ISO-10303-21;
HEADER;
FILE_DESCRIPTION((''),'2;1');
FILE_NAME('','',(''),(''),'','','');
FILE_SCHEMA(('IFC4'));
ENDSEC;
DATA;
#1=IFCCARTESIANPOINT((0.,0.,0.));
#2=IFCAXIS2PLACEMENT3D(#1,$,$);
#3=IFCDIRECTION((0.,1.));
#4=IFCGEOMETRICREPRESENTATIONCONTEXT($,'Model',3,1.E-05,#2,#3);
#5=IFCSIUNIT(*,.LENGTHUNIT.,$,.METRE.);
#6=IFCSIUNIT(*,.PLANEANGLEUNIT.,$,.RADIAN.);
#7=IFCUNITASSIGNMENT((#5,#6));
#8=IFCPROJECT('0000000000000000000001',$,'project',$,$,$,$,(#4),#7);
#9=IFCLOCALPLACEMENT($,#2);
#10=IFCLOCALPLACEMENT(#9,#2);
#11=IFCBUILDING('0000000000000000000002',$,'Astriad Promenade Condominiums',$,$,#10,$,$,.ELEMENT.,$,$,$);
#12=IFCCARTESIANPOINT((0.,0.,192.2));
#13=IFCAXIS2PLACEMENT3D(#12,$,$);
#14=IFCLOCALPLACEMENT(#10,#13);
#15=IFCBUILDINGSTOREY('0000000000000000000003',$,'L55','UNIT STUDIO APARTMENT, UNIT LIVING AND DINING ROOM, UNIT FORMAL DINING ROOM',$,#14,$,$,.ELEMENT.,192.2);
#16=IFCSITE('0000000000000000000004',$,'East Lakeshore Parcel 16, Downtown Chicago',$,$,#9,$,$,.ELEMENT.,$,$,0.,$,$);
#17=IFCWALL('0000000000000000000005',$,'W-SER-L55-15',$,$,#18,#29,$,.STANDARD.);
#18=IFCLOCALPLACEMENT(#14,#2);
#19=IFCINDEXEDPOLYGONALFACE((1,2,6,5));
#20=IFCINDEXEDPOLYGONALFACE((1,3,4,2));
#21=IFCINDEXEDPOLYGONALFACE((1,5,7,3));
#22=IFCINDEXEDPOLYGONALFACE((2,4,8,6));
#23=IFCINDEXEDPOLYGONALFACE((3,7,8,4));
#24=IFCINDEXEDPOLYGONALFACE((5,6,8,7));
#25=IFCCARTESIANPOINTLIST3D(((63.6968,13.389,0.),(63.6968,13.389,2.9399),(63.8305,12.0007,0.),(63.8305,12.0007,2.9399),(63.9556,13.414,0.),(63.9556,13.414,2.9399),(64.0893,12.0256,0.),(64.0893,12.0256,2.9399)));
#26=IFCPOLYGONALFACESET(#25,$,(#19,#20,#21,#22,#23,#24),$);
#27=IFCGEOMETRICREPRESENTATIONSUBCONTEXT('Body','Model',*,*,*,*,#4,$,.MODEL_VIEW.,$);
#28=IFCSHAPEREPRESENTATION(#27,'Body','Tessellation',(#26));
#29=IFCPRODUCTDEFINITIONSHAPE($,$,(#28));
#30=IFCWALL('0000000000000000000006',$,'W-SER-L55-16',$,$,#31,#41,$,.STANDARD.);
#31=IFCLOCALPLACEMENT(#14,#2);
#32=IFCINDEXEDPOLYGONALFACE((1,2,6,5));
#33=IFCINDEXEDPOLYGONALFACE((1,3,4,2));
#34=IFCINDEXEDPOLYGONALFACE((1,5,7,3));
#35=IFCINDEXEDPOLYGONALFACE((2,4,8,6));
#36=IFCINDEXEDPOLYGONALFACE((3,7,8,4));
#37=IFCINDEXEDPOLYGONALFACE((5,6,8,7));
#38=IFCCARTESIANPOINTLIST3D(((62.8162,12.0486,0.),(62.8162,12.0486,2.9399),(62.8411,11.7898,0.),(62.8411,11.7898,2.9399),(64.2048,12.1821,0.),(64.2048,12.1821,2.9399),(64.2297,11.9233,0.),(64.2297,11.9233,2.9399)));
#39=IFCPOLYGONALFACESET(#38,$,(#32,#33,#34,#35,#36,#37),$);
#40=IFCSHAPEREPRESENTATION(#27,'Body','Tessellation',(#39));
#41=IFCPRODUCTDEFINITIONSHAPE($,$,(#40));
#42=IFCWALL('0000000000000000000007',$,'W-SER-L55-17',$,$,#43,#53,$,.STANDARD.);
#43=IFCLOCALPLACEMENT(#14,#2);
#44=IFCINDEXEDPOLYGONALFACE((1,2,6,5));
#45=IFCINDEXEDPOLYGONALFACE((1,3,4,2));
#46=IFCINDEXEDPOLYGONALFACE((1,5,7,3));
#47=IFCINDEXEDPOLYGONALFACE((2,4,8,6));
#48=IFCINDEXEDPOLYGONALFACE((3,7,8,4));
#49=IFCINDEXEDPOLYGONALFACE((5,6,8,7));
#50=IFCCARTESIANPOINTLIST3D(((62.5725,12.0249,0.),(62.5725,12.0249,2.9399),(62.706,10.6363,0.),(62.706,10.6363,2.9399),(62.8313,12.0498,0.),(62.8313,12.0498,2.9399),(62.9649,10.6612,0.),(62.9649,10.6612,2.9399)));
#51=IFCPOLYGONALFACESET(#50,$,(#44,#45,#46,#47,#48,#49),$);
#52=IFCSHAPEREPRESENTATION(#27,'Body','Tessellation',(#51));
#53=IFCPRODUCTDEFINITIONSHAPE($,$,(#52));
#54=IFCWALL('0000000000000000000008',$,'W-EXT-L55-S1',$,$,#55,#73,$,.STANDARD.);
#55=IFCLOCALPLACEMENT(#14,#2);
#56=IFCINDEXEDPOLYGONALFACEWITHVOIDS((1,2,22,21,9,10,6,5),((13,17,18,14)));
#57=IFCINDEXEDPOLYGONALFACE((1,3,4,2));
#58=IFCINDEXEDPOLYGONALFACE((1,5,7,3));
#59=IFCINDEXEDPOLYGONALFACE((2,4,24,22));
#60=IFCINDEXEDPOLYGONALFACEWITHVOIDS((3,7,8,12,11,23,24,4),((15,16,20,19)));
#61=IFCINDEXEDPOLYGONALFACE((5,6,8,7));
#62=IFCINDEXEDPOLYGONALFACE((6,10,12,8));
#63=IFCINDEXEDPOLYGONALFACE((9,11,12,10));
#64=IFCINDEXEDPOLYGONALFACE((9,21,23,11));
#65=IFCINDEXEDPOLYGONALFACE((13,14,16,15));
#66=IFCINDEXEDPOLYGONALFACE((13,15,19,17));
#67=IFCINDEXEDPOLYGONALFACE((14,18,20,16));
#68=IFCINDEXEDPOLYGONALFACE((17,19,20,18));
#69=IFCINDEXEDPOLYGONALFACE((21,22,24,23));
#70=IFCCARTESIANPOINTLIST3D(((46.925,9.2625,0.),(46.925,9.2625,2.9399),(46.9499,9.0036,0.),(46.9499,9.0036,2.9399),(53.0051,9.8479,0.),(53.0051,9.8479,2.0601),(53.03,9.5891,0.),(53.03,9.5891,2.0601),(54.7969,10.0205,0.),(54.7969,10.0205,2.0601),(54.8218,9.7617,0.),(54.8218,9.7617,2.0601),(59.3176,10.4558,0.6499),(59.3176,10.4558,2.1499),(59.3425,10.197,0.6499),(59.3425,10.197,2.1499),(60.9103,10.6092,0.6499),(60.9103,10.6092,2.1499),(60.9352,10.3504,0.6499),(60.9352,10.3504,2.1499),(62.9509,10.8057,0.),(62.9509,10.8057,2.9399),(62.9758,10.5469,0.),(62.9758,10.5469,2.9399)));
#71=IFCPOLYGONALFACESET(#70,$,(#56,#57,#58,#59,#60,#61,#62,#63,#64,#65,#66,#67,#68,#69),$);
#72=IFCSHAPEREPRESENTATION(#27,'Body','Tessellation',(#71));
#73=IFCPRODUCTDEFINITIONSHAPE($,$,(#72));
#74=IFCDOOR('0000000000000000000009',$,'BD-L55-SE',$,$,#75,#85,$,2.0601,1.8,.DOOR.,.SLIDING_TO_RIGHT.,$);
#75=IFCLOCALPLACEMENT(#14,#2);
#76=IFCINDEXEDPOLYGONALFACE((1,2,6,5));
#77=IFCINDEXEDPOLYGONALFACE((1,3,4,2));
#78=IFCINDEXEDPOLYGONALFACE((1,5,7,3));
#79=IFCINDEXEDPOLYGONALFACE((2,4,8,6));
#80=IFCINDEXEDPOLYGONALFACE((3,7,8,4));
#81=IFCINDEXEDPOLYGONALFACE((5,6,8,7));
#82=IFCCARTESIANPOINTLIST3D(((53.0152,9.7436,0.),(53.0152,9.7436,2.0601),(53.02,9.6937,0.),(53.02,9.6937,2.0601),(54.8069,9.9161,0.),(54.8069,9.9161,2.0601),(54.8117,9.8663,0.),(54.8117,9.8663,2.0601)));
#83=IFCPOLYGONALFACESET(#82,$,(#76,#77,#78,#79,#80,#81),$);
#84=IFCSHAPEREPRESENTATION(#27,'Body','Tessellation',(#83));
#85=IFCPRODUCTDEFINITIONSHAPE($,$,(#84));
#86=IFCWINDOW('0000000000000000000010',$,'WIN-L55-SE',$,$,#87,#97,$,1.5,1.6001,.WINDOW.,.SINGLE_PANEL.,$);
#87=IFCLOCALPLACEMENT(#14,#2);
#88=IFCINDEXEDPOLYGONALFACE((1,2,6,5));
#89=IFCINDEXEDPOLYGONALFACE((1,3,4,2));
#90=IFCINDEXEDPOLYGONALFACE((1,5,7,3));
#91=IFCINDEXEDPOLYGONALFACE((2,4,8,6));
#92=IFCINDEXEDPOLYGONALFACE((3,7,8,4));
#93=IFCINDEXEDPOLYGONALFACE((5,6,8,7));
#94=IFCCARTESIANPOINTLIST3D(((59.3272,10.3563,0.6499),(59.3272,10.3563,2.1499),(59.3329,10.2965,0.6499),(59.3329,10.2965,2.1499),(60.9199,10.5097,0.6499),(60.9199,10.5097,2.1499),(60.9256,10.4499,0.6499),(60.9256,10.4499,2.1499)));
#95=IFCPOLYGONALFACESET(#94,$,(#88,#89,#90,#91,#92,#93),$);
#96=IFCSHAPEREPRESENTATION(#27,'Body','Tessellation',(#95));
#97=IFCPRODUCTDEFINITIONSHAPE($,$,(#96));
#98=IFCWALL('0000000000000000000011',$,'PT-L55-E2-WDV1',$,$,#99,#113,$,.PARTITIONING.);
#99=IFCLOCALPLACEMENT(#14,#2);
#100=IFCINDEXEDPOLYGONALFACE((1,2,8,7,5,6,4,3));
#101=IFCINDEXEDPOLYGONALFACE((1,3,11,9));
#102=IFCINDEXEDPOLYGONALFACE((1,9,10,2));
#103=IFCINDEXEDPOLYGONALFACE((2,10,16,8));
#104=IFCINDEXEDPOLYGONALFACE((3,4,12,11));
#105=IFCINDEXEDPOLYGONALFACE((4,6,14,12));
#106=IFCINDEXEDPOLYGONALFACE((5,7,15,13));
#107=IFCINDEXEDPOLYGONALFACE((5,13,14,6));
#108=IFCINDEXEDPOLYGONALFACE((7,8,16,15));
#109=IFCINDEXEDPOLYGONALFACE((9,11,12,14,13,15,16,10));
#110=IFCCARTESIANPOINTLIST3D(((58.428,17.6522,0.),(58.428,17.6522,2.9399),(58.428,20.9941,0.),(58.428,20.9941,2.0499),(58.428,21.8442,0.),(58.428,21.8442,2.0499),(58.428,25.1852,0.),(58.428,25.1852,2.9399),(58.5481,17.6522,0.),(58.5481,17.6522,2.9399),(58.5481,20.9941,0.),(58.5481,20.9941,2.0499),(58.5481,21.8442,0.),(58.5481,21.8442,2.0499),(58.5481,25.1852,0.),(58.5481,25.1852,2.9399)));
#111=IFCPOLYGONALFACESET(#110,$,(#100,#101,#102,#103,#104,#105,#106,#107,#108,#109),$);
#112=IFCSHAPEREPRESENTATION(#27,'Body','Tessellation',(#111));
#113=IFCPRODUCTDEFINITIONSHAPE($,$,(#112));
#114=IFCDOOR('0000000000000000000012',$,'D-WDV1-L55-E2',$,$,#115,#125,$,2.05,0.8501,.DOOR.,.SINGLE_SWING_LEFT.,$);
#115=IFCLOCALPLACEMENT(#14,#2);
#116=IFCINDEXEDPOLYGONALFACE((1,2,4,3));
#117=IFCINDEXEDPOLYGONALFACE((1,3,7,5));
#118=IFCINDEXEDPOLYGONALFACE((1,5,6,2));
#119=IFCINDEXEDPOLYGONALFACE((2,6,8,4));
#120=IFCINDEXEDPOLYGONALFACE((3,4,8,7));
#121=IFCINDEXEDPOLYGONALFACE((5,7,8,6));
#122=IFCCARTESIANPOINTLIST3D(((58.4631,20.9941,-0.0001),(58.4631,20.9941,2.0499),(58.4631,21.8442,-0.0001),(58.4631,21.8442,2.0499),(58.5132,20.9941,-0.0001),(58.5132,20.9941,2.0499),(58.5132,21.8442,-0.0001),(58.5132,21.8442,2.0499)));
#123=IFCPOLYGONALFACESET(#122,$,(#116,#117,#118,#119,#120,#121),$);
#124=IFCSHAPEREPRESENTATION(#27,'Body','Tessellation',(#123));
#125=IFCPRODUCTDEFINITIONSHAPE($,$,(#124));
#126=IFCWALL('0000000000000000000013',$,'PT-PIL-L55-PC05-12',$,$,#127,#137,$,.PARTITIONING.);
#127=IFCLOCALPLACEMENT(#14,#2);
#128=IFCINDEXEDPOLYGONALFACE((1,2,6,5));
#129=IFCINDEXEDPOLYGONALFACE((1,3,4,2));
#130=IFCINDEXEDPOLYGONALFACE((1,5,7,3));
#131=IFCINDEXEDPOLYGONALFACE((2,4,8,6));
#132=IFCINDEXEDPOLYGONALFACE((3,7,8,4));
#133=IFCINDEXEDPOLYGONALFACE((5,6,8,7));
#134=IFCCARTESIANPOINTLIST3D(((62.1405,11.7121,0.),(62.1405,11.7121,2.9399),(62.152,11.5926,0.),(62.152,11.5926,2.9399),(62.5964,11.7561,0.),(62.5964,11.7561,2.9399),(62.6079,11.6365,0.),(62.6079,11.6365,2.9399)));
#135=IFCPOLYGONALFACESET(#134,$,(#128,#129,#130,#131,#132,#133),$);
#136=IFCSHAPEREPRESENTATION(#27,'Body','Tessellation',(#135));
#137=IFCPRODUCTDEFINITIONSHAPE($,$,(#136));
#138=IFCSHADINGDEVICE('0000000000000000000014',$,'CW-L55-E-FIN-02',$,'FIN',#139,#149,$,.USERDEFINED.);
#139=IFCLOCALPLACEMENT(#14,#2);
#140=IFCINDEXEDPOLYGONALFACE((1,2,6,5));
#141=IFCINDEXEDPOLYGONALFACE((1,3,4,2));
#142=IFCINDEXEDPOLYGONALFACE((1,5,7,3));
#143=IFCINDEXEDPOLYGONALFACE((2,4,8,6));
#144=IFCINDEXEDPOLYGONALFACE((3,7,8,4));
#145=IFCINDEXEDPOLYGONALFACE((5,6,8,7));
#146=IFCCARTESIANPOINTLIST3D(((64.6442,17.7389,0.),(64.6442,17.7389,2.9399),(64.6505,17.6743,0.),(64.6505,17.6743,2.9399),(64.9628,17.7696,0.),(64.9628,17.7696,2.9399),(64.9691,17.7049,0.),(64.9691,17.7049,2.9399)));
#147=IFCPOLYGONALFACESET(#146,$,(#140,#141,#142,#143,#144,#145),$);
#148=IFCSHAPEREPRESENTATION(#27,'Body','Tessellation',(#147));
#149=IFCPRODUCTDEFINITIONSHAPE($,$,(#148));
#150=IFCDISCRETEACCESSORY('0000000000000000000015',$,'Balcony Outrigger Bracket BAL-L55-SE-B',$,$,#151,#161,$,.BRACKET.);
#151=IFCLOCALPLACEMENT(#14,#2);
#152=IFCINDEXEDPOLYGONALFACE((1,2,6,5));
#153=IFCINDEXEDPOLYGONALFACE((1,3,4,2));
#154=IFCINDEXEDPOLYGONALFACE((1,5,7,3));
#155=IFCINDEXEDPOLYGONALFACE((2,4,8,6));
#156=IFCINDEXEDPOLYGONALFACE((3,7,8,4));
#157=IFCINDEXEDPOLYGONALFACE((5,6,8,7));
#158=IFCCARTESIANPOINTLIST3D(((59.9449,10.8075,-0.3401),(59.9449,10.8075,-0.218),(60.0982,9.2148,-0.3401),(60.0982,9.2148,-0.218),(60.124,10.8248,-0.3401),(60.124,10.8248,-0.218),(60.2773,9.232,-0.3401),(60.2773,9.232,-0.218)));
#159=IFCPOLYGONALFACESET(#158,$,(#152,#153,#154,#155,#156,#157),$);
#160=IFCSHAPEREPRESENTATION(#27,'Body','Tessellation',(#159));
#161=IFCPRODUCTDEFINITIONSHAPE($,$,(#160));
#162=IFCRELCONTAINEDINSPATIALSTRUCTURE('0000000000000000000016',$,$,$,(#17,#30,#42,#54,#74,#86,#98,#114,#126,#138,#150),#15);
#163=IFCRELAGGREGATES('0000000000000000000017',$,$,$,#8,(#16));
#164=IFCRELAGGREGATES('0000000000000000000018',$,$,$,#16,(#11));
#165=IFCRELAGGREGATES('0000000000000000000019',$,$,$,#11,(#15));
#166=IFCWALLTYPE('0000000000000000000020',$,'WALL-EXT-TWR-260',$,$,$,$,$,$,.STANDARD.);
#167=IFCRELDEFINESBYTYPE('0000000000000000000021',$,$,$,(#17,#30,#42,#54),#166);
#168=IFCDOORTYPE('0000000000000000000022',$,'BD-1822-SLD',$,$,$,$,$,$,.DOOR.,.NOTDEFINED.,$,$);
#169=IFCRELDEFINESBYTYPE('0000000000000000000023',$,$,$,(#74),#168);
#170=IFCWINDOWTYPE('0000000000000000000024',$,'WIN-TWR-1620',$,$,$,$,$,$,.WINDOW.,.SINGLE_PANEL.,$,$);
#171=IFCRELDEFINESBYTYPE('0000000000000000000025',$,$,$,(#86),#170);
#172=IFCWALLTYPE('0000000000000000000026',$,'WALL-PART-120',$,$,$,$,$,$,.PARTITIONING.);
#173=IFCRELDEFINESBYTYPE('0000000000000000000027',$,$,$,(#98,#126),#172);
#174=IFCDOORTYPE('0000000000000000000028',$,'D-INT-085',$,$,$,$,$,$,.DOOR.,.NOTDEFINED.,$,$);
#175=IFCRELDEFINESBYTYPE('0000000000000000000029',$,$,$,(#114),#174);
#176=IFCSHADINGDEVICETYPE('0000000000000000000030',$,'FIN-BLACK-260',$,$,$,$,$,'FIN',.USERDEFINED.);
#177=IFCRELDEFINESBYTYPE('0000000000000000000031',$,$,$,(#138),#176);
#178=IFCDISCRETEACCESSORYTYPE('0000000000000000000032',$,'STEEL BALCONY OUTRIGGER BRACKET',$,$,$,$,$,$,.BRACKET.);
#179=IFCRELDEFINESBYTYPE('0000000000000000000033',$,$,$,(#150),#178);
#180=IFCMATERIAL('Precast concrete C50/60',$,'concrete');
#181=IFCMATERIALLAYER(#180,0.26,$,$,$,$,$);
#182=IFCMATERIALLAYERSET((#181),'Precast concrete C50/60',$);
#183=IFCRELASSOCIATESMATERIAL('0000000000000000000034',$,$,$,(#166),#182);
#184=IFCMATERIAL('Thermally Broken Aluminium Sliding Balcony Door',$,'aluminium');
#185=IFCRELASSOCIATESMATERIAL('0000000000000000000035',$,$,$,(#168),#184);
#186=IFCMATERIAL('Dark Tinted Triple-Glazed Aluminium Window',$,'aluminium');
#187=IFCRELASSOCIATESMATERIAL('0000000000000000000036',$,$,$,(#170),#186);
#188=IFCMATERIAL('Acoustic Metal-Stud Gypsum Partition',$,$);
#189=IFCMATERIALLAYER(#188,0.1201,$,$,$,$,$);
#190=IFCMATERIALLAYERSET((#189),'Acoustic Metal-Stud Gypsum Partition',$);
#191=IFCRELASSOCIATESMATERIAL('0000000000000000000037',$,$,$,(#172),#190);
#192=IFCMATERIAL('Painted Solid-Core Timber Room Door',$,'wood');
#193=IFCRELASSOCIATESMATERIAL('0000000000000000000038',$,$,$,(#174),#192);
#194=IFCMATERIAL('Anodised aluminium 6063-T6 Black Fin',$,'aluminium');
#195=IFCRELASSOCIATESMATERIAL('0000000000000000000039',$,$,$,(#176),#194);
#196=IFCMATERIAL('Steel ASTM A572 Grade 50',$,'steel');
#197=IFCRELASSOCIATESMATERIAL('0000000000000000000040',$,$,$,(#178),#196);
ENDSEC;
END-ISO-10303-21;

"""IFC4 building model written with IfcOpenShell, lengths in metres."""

from ifc_helpers import new_model, si_unit, direction, frame, frame_2d, origin, origin_2d, place, context, subcontext, project, spatial, rectangle, extrude, source, transform, mapped, material, layer, layer_set, type_object, type_shapes, element, fill, save


model = new_model("IFC4")

# Units and contexts
model_context = context("Model", 3, precision=1e-05, world=origin(), true_north=direction((0.0, 1.0)))
body_context = subcontext(model_context, "Body", "Model", "MODEL_VIEW")
ifc_project = project(units=[si_unit("LENGTHUNIT", "METRE"), si_unit("PLANEANGLEUNIT", "RADIAN")], contexts=[model_context])

# Site, building, storey
site_placement = place(None, origin())
site = spatial("IfcSite", under=ifc_project, at=site_placement, Name="East Lakeshore Parcel 16, Downtown Chicago", CompositionType="ELEMENT", RefElevation=0.0)
building_placement = place(site_placement, origin())
building = spatial("IfcBuilding", under=site, at=building_placement, Name="Astriad Promenade Condominiums", CompositionType="ELEMENT")
storey_placement = place(building_placement, frame((0.0, 0.0, 192.2)))
storey = spatial("IfcBuildingStorey", under=building, at=storey_placement, Name="L55", Description="UNIT STUDIO APARTMENT, UNIT LIVING AND DINING ROOM, UNIT FORMAL DINING ROOM", CompositionType="ELEMENT", Elevation=192.2)

# Walls
ifc_material_1 = material(Name="Precast concrete C50/60", Category="concrete")
ifc_layer_1 = layer(ifc_material_1, 0.26)
ifc_layer_set_1 = layer_set([ifc_layer_1], Name="Precast concrete C50/60")
wall_type_1 = type_object("IfcWallType", Name="WALL-EXT-TWR-260", PredefinedType="STANDARD", material=ifc_layer_set_1)
wall_1_placement = place(storey_placement, frame((63.8262, 13.4014, 0.0), z_axis=(0.0, 0.0, 1.0), x_axis=(0.095916, -0.995389, 0.0)))
element("IfcWall", 1, at=wall_1_placement, inside=storey, type_object=wall_type_1, Name="W-SER-L55-15", PredefinedType="STANDARD", context=body_context, shape_type="SweptSolid", body=[
    extrude(rectangle(XDim=1.3948, YDim=0.26, at=frame_2d((0.6973, 0.0))), origin(), (0.0, 0.0, 1.0), 2.9399),
])
for number, where, z_axis, x_axis, name in (
    (2, (64.2173, 12.0527, 0.0), (0.0, 0.0, 1.0), (-0.995408, -0.095726, 0.0), "W-SER-L55-16"),
    (3, (62.7019, 12.0374, 0.0), (0.0, 0.0, 1.0), (0.095726, -0.995408, 0.0), "W-SER-L55-17"),
):
    element("IfcWall", number, at=place(storey_placement, frame(where, z_axis=z_axis, x_axis=x_axis)), inside=storey, type_object=wall_type_1, Name=name, PredefinedType="STANDARD", context=body_context, shape_type="SweptSolid", body=[
        extrude(rectangle(XDim=1.395, YDim=0.26, at=frame_2d((0.6975, 0.0))), origin(), (0.0, 0.0, 1.0), 2.9399),
    ])

# Wall, openings, door, window
wall_2_placement = place(storey_placement, frame((62.9634, 10.6763, 0.0), z_axis=(0.0, 0.0, 1.0), x_axis=(-0.995396, -0.095852, 0.0)))
wall_2 = element("IfcWall", 4, at=wall_2_placement, inside=storey, type_object=wall_type_1, Name="W-EXT-L55-S1", PredefinedType="STANDARD", context=body_context, shape_type="SweptSolid", body=[
    extrude(rectangle(XDim=16.1001, YDim=0.26, at=frame_2d((8.05, 0.0))), origin(), (0.0, 0.0, 1.0), 2.9399),
])
opening_1_placement = place(wall_2_placement, frame((8.1919, 0.0, 0.0)))
opening_1 = element("IfcOpeningElement", 5, at=opening_1_placement, cuts=wall_2, PredefinedType="OPENING", context=body_context, shape_type="SweptSolid", body=[
    extrude(rectangle(XDim=1.8, YDim=2.0601, at=frame_2d((0.8999, 1.03))), frame((0.0, 0.1399, 0.0), z_axis=(0.0, -1.0, 0.0), x_axis=(1.0, 0.0, 0.0)), (0.0, 0.0, 1.0), 0.28),
])
opening_2_placement = place(wall_2_placement, frame((2.05, 0.0, 0.6499)))
opening_2 = element("IfcOpeningElement", 6, at=opening_2_placement, cuts=wall_2, PredefinedType="OPENING", context=body_context, shape_type="SweptSolid", body=[
    extrude(rectangle(XDim=1.6001, YDim=1.5, at=frame_2d((0.8, 0.75))), frame((0.0, 0.1399, 0.0), z_axis=(0.0, -1.0, 0.0), x_axis=(1.0, 0.0, 0.0)), (0.0, 0.0, 1.0), 0.28),
])
ifc_material_2 = material(Name="Thermally Broken Aluminium Sliding Balcony Door", Category="aluminium")
door_type_1 = type_object("IfcDoorType", Name="BD-1822-SLD", OperationType="NOTDEFINED", PredefinedType="DOOR", material=ifc_material_2)
shared_shape_1 = source(origin(), body_context, "Body", "SweptSolid", [
    extrude(rectangle(XDim=1.8, YDim=2.0601, at=frame_2d((0.8999, 1.03))), frame((0.0, 0.0249, 0.0), z_axis=(0.0, -1.0, 0.0), x_axis=(1.0, 0.0, 0.0)), (0.0, 0.0, 1.0), 0.05),
])
type_shapes(door_type_1, [shared_shape_1])
door_1_placement = place(opening_1_placement, origin())
door_1 = element("IfcDoor", 7, at=door_1_placement, inside=storey, type_object=door_type_1, Name="BD-L55-SE", OperationType="SLIDING_TO_RIGHT", OverallHeight=2.0601, OverallWidth=1.8, PredefinedType="DOOR", context=body_context, shape_type="MappedRepresentation", body=[
    mapped(shared_shape_1, transform((0.0, 0.0, 0.0), scale=1.0)),
])
fill(opening_1, door_1)
ifc_material_3 = material(Name="Dark Tinted Triple-Glazed Aluminium Window", Category="aluminium")
window_type = type_object("IfcWindowType", Name="WIN-TWR-1620", PartitioningType="SINGLE_PANEL", PredefinedType="WINDOW", material=ifc_material_3)
shared_shape_2 = source(origin(), body_context, "Body", "SweptSolid", [
    extrude(rectangle(XDim=1.6001, YDim=1.5, at=frame_2d((0.8, 0.75))), frame((0.0, 0.03, 0.0), z_axis=(0.0, -1.0, 0.0), x_axis=(1.0, 0.0, 0.0)), (0.0, 0.0, 1.0), 0.0601),
])
type_shapes(window_type, [shared_shape_2])
window_placement = place(opening_2_placement, origin())
window = element("IfcWindow", 8, at=window_placement, inside=storey, type_object=window_type, Name="WIN-L55-SE", OverallHeight=1.5, OverallWidth=1.6001, PartitioningType="SINGLE_PANEL", PredefinedType="WINDOW", context=body_context, shape_type="MappedRepresentation", body=[
    mapped(shared_shape_2, transform((0.0, 0.0, 0.0), scale=1.0)),
])
fill(opening_2, window)

# Wall, opening, door
ifc_material_4 = material(Name="Acoustic Metal-Stud Gypsum Partition")
ifc_layer_2 = layer(ifc_material_4, 0.1201)
ifc_layer_set_2 = layer_set([ifc_layer_2], Name="Acoustic Metal-Stud Gypsum Partition")
wall_type_2 = type_object("IfcWallType", Name="WALL-PART-120", PredefinedType="PARTITIONING", material=ifc_layer_set_2)
wall_3_placement = place(storey_placement, frame((58.488, 17.6521, 0.0), z_axis=(0.0, 0.0, 1.0), x_axis=(0.0, 1.0, 0.0)))
wall_3 = element("IfcWall", 9, at=wall_3_placement, inside=storey, type_object=wall_type_2, Name="PT-L55-E2-WDV1", PredefinedType="PARTITIONING", context=body_context, shape_type="SweptSolid", body=[
    extrude(rectangle(XDim=7.533, YDim=0.1201, at=frame_2d((3.7666, 0.0))), origin(), (0.0, 0.0, 1.0), 2.9399),
])
opening_3_placement = place(wall_3_placement, frame((3.342, 0.0, 0.0)))
opening_3 = element("IfcOpeningElement", 10, at=opening_3_placement, cuts=wall_3, PredefinedType="OPENING", context=body_context, shape_type="SweptSolid", body=[
    extrude(rectangle(XDim=0.8501, YDim=2.05, at=frame_2d((0.425, 1.0249))), frame((0.0, 0.0701, 0.0), z_axis=(0.0, -1.0, 0.0), x_axis=(1.0, 0.0, 0.0)), (0.0, 0.0, 1.0), 0.1401),
])
ifc_material_5 = material(Name="Painted Solid-Core Timber Room Door", Category="wood")
door_type_2 = type_object("IfcDoorType", Name="D-INT-085", OperationType="NOTDEFINED", PredefinedType="DOOR", material=ifc_material_5)
shared_shape_3 = source(origin(), body_context, "Body", "SweptSolid", [
    extrude(rectangle(XDim=0.8501, YDim=2.05, at=frame_2d((0.425, 1.0249))), frame((0.0, 0.0249, 0.0), z_axis=(0.0, -1.0, 0.0), x_axis=(1.0, 0.0, 0.0)), (0.0, 0.0, 1.0), 0.05),
])
type_shapes(door_type_2, [shared_shape_3])
door_2_placement = place(opening_3_placement, origin())
door_2 = element("IfcDoor", 11, at=door_2_placement, inside=storey, type_object=door_type_2, Name="D-WDV1-L55-E2", OperationType="SINGLE_SWING_LEFT", OverallHeight=2.05, OverallWidth=0.8501, PredefinedType="DOOR", context=body_context, shape_type="MappedRepresentation", body=[
    mapped(shared_shape_3, transform((0.0, 0.0, 0.0), scale=1.0)),
])
fill(opening_3, door_2)

# Wall
wall_4_placement = place(storey_placement, frame((62.1462, 11.6523, 0.0), z_axis=(0.0, 0.0, 1.0), x_axis=(0.995385, 0.095966, 0.0)))
element("IfcWall", 12, at=wall_4_placement, inside=storey, type_object=wall_type_2, Name="PT-PIL-L55-PC05-12", PredefinedType="PARTITIONING", context=body_context, shape_type="SweptSolid", body=[
    extrude(rectangle(XDim=0.458, YDim=0.1201, at=frame_2d((0.229, 0.0))), origin(), (0.0, 0.0, 1.0), 2.9399),
])

# Shading device
ifc_material_6 = material(Name="Anodised aluminium 6063-T6 Black Fin", Category="aluminium")
shading_device_type = type_object("IfcShadingDeviceType", Name="FIN-BLACK-260", ElementType="FIN", PredefinedType="USERDEFINED", material=ifc_material_6)
shared_shape_4 = source(origin(), body_context, "Body", "SweptSolid", [
    extrude(rectangle(XDim=0.0649, YDim=0.3201, at=origin_2d()), origin(), (0.0, 0.0, 1.0), 2.9399),
])
type_shapes(shading_device_type, [shared_shape_4])
shading_device_placement = place(storey_placement, frame((64.8066, 17.7219, 0.0), z_axis=(0.0, 0.0, 1.0), x_axis=(0.095846, -0.995396, 0.0)))
element("IfcShadingDevice", 13, at=shading_device_placement, inside=storey, type_object=shading_device_type, Name="CW-L55-E-FIN-02", ObjectType="FIN", PredefinedType="USERDEFINED", context=body_context, shape_type="MappedRepresentation", body=[
    mapped(shared_shape_4, transform((0.0, 0.0, 0.0), scale=1.0)),
])

# Discrete accessory
ifc_material_7 = material(Name="Steel ASTM A572 Grade 50", Category="steel")
discrete_accessory_type = type_object("IfcDiscreteAccessoryType", Name="STEEL BALCONY OUTRIGGER BRACKET", PredefinedType="BRACKET", material=ifc_material_7)
shared_shape_5 = source(origin(), body_context, "Body", "SweptSolid", [
    extrude(rectangle(XDim=1.6001, YDim=0.1799, at=origin_2d()), origin(), (0.0, 0.0, 1.0), 0.1221),
])
type_shapes(discrete_accessory_type, [shared_shape_5])
discrete_accessory_placement = place(storey_placement, frame((60.1111, 10.0198, -0.3401), z_axis=(0.0, 0.0, 1.0), x_axis=(0.095846, -0.995396, 0.0)))
element("IfcDiscreteAccessory", 14, at=discrete_accessory_placement, inside=storey, type_object=discrete_accessory_type, Name="Balcony Outrigger Bracket BAL-L55-SE-B", PredefinedType="BRACKET", context=body_context, shape_type="MappedRepresentation", body=[
    mapped(shared_shape_5, transform((0.0, 0.0, 0.0), scale=1.0)),
])

save(model, "model.ifc")
